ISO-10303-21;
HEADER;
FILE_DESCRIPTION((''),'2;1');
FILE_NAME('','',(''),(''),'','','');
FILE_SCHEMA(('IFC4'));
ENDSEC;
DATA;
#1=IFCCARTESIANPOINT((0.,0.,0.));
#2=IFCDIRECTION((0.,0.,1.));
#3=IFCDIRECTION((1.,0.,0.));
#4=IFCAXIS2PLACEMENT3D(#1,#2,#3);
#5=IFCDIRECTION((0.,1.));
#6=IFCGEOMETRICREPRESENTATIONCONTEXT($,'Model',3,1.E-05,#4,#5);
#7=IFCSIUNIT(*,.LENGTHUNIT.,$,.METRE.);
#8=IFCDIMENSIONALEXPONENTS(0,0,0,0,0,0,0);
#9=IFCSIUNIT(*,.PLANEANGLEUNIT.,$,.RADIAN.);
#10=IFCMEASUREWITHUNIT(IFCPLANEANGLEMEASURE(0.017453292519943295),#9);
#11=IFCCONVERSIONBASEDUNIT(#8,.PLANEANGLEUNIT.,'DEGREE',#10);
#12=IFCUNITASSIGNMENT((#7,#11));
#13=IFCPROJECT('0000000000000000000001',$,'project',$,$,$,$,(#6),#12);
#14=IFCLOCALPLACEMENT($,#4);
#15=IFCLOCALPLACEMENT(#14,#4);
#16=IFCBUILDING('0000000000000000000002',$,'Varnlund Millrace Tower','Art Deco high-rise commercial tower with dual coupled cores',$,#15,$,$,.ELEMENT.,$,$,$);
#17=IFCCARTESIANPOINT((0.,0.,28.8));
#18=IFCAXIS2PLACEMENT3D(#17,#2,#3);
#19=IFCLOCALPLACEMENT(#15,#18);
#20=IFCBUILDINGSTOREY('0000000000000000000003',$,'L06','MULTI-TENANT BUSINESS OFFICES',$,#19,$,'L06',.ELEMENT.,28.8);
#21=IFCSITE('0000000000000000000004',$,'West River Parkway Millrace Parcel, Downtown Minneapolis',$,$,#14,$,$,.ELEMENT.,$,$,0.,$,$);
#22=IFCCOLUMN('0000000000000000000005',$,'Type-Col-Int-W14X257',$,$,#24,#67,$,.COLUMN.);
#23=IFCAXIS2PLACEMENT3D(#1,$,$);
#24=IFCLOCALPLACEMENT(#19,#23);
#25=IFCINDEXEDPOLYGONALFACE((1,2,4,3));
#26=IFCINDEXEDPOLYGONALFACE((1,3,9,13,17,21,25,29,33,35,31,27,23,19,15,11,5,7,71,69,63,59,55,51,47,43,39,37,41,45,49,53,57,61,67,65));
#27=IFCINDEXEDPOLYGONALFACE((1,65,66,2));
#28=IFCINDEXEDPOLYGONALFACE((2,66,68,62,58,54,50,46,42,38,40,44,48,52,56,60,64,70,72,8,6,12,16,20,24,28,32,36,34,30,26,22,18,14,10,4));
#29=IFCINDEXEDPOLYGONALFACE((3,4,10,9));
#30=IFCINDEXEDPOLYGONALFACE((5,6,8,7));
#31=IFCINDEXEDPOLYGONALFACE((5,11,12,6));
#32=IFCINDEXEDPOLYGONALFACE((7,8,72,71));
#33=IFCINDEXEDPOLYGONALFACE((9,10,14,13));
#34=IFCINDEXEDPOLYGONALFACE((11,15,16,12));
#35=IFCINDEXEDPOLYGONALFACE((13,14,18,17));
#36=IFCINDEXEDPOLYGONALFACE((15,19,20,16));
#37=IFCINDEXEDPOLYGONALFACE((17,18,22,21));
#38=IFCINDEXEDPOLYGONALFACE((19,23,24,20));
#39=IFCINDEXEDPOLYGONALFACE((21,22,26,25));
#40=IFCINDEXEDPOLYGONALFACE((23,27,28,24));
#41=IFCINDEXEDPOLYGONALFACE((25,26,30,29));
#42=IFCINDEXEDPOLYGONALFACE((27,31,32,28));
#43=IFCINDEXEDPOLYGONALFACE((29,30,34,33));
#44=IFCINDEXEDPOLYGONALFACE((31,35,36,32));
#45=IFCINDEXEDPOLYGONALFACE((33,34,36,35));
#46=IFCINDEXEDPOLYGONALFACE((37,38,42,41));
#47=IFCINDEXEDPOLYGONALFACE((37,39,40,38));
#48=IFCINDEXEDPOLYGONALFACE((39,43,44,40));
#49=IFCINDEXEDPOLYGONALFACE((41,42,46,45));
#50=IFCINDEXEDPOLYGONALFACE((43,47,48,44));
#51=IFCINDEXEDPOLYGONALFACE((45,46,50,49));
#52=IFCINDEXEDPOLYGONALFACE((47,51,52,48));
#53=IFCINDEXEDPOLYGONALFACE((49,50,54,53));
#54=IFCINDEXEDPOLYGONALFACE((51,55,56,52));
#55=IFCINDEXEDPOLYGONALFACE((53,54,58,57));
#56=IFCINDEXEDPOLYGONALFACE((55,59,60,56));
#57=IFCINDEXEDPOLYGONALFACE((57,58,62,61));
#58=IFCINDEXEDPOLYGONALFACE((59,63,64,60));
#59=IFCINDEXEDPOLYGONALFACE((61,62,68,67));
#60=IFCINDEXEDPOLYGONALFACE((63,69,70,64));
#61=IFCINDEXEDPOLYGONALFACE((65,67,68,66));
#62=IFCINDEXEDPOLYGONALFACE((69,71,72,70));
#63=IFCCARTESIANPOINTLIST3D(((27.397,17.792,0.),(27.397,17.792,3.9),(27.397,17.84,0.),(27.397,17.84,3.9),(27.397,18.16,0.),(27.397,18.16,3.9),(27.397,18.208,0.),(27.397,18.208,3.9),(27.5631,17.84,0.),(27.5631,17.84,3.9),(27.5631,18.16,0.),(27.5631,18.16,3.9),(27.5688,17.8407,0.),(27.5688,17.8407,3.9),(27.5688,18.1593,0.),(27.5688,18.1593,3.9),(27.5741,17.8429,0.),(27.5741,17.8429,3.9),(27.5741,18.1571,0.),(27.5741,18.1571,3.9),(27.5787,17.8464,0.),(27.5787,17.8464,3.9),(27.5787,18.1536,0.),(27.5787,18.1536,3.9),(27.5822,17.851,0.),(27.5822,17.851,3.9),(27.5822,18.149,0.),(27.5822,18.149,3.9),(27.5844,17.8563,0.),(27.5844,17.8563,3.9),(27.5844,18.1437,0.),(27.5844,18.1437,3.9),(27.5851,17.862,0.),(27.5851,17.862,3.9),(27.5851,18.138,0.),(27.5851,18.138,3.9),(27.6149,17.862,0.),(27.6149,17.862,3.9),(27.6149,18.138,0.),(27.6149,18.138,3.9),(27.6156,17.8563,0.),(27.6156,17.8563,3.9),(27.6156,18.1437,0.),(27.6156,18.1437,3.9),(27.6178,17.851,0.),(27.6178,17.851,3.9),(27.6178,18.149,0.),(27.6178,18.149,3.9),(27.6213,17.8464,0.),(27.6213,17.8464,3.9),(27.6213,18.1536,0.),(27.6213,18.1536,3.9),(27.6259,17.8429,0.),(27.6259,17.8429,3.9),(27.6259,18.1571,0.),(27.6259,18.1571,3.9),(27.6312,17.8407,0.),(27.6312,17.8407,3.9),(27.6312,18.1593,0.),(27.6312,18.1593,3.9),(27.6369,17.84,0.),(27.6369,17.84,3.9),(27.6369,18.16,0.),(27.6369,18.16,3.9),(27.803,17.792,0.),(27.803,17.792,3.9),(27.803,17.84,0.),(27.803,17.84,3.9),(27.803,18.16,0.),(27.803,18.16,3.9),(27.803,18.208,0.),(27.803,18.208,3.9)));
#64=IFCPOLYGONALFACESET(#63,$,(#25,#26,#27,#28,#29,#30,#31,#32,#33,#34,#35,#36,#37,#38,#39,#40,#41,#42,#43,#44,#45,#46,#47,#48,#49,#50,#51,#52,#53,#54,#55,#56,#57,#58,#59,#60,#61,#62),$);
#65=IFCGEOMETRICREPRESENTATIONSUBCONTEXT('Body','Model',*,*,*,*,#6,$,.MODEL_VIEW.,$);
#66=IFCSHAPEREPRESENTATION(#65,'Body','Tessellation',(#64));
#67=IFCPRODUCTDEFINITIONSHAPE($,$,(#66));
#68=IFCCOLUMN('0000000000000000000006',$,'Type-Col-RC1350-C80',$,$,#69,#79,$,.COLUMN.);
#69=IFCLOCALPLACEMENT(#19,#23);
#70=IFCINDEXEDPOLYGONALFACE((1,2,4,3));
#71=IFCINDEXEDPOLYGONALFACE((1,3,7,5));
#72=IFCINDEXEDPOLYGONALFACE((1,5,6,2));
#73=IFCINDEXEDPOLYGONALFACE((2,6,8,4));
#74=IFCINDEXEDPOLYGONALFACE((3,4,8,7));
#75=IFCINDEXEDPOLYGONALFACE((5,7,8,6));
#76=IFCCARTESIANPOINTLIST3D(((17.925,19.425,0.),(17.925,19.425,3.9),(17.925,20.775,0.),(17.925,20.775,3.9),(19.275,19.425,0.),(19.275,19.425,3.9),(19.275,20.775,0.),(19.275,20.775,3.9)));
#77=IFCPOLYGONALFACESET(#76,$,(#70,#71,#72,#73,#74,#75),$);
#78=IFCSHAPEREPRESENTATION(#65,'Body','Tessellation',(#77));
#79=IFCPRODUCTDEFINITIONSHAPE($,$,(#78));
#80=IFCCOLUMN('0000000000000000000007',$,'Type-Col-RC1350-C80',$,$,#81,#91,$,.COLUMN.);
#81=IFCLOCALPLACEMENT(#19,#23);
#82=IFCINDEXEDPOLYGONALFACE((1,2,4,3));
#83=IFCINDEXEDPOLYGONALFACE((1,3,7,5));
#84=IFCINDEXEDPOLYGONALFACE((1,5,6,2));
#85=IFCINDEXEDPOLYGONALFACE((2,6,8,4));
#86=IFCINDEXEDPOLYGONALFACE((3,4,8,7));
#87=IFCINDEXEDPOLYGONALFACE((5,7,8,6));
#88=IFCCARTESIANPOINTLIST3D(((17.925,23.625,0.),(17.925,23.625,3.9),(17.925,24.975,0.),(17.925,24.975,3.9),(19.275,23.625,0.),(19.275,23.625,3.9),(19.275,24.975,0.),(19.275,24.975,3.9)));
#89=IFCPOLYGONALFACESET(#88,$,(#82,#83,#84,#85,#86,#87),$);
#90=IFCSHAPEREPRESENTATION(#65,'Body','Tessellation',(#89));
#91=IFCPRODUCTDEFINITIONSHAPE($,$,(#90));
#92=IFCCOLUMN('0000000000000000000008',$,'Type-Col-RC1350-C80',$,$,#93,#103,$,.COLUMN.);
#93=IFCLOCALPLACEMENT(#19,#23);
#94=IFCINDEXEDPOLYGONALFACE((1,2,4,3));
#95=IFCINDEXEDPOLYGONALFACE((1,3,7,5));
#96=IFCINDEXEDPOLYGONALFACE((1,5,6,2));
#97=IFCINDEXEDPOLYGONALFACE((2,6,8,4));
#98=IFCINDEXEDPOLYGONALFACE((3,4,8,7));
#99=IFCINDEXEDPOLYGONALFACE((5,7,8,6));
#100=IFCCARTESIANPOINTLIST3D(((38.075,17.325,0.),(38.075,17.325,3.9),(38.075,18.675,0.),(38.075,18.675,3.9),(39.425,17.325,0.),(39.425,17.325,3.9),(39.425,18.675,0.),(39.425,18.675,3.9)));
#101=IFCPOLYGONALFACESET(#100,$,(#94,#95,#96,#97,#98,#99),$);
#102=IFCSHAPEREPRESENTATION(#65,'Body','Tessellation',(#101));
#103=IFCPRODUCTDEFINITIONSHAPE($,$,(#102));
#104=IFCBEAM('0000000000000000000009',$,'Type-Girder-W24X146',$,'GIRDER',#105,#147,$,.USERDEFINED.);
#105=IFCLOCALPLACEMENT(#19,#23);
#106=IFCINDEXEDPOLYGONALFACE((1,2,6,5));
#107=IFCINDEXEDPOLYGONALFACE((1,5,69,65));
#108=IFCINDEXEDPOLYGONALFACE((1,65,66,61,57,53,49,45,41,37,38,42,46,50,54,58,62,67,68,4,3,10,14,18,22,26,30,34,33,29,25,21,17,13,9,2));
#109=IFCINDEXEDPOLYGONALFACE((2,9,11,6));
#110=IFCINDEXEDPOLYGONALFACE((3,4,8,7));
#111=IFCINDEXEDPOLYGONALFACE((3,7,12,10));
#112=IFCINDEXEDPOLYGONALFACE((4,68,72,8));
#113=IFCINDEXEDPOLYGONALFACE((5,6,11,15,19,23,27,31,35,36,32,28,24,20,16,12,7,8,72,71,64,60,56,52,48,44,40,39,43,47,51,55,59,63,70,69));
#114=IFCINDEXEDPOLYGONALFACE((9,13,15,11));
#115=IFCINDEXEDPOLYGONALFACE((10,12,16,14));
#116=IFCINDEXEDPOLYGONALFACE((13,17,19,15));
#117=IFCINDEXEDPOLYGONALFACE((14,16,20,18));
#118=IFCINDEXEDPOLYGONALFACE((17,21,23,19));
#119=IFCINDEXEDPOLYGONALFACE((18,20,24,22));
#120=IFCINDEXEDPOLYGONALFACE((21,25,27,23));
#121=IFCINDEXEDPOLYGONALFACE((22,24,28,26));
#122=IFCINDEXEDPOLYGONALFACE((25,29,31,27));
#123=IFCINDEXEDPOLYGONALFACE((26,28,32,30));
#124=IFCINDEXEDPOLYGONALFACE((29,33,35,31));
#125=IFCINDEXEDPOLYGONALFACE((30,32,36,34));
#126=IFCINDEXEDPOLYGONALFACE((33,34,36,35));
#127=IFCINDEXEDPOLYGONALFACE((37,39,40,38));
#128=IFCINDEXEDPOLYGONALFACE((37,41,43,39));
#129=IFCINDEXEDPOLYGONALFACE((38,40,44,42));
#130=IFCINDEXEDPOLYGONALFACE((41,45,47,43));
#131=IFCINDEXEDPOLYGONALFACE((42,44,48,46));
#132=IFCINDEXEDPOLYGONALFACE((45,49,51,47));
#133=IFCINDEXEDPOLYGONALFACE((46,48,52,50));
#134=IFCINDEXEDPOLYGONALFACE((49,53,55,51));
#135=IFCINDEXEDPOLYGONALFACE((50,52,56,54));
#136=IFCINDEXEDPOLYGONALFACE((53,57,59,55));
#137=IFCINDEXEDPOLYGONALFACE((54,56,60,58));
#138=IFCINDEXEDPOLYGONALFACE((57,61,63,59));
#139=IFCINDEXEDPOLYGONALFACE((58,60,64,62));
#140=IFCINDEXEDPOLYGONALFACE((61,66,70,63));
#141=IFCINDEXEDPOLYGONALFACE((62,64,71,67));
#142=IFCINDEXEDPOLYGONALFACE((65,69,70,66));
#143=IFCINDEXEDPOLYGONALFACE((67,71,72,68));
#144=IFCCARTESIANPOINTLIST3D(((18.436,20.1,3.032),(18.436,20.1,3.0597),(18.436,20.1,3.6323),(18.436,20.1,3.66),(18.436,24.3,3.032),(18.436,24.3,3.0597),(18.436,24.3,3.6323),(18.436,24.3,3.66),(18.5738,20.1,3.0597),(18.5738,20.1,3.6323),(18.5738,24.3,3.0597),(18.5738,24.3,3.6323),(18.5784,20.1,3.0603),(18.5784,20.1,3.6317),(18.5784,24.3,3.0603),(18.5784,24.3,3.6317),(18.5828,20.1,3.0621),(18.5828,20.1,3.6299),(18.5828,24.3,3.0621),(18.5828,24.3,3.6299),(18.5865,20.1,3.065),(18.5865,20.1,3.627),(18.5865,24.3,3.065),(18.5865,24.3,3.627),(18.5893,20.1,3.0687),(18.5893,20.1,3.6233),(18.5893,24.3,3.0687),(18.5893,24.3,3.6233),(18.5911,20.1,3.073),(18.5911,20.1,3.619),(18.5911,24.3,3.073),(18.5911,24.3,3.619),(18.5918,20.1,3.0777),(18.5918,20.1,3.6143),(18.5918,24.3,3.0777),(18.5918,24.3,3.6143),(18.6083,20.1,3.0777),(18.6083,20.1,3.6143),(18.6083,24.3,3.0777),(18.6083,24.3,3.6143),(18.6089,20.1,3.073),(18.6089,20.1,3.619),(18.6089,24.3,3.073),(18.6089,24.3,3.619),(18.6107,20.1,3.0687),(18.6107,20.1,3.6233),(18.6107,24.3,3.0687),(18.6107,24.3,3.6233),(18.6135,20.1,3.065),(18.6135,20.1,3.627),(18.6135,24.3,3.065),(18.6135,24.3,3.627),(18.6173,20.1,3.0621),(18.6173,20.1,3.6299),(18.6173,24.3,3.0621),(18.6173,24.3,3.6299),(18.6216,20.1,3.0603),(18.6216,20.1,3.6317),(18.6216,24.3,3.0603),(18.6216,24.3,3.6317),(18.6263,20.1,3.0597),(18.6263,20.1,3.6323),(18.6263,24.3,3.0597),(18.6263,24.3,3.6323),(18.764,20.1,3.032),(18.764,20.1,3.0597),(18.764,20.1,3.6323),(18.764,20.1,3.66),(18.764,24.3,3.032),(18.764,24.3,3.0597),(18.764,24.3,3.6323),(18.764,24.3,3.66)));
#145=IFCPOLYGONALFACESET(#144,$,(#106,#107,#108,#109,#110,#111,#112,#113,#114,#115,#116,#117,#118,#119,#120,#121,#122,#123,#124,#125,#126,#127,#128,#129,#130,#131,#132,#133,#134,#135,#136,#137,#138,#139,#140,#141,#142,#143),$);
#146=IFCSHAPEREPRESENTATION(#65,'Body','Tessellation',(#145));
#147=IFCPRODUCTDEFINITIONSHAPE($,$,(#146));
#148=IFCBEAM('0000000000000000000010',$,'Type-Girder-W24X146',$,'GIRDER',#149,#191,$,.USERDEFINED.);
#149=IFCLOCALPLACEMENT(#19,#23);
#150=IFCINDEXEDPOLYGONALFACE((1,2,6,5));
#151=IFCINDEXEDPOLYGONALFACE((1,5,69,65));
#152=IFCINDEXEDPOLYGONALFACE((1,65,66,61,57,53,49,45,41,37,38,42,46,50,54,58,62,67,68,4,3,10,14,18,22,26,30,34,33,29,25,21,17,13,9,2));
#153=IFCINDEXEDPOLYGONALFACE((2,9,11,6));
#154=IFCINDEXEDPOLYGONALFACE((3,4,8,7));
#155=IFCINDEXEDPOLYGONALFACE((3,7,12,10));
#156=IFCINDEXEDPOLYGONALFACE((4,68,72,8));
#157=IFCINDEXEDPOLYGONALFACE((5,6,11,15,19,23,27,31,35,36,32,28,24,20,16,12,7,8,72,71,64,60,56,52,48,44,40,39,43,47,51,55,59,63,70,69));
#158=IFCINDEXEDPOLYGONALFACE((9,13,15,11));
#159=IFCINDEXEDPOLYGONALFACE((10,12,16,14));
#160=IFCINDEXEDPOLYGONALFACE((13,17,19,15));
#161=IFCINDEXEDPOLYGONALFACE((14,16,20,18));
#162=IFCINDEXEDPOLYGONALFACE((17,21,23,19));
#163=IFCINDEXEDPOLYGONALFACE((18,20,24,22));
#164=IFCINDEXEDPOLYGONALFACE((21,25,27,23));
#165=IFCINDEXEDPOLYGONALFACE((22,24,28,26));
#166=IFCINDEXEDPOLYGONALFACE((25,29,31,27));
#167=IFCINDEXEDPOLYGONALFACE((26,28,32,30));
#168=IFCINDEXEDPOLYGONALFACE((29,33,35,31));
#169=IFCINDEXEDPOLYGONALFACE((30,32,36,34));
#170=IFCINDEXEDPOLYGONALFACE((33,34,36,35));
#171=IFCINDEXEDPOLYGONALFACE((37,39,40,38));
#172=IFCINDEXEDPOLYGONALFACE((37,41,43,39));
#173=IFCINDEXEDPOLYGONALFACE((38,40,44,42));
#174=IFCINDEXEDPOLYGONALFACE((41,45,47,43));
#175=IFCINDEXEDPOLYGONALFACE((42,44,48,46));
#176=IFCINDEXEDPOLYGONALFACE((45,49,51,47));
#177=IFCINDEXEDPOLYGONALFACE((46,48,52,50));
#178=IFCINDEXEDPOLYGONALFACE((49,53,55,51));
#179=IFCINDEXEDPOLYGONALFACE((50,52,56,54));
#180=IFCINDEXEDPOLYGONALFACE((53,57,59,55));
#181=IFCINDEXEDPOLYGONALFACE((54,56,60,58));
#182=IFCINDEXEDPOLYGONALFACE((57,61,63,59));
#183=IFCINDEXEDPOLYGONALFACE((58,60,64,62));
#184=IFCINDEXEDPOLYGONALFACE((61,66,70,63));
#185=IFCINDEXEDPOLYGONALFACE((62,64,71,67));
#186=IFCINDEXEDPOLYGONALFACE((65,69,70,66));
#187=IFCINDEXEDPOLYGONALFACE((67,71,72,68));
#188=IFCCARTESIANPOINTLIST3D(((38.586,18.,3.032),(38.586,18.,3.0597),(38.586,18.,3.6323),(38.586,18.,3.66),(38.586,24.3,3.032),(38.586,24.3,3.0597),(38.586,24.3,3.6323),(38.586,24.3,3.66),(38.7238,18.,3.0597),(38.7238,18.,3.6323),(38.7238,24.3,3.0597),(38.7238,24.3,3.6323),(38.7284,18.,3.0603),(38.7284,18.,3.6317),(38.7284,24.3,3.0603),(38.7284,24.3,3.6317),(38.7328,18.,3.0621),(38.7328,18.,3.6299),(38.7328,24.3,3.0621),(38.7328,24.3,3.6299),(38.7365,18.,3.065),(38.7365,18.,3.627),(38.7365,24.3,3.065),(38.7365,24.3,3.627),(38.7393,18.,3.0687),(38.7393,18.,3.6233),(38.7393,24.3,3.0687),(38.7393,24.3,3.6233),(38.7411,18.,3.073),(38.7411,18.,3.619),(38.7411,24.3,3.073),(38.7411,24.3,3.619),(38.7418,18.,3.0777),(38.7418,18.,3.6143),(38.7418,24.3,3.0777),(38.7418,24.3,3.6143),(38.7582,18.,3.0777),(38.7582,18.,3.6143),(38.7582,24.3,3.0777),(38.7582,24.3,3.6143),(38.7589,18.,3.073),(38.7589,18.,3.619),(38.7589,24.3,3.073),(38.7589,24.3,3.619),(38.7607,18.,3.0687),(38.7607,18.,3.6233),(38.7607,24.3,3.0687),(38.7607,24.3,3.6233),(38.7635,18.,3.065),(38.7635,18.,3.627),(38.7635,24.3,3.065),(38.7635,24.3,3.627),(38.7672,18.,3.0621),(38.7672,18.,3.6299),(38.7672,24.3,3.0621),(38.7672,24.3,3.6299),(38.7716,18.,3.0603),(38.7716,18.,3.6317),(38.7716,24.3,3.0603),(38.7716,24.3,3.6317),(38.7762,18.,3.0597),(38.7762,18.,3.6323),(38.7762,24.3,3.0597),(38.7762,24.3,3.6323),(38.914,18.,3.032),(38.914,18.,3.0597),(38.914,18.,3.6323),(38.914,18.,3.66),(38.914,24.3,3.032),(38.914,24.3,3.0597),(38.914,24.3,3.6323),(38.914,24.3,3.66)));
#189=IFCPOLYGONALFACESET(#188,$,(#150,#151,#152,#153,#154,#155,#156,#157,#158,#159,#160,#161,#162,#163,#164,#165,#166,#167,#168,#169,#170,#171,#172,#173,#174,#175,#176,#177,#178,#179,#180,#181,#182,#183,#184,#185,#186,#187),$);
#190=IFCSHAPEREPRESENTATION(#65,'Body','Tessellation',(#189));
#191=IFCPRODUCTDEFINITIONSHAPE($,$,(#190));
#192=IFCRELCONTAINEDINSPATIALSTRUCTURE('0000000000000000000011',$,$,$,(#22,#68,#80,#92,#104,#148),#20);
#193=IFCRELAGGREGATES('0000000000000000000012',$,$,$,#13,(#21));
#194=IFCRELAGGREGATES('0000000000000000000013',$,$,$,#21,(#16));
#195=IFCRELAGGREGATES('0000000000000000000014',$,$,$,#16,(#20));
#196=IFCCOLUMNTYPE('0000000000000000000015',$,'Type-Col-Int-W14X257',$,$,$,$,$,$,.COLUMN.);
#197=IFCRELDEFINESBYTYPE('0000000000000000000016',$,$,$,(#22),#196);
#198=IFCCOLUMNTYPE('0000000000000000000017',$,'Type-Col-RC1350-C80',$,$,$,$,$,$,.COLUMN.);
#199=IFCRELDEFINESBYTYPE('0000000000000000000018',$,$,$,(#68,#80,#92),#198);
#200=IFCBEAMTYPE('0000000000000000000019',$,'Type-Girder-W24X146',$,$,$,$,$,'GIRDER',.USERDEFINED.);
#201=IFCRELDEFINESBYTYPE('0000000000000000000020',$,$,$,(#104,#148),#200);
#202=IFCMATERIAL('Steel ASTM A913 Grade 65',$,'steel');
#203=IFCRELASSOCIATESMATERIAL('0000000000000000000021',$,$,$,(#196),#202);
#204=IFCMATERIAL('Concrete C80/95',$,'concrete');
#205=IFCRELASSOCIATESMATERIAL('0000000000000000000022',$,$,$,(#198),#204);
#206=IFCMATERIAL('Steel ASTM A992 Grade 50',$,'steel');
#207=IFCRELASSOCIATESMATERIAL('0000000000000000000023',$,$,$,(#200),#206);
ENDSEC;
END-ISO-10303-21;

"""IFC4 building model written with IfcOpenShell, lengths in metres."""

from ifc_helpers import new_model, entity, si_unit, converted_unit, direction, frame, origin_with_axes, origin_2d_with_axis, place, context, subcontext, project, spatial, rectangle, i_section, extrude, material, material_profile, profile_set, type_object, element, save


model = new_model("IFC4")

# Units and contexts
model_context = context("Model", 3, precision=1e-05, world=origin_with_axes(), true_north=direction((0.0, 1.0)))
body_context = subcontext(model_context, "Body", "Model", "MODEL_VIEW")
ifc_project = project(units=[si_unit("LENGTHUNIT", "METRE"), converted_unit("PLANEANGLEUNIT", "DEGREE", entity("IfcPlaneAngleMeasure", 0.017453292519943295), si_unit("PLANEANGLEUNIT", "RADIAN"), dimensions=[0, 0, 0, 0, 0, 0, 0])], contexts=[model_context])

# Site, building, storey
site_placement = place(None, origin_with_axes())
site = spatial("IfcSite", under=ifc_project, at=site_placement, Name="West River Parkway Millrace Parcel, Downtown Minneapolis", CompositionType="ELEMENT", RefElevation=0.0)
building_placement = place(site_placement, origin_with_axes())
building = spatial("IfcBuilding", under=site, at=building_placement, Name="Varnlund Millrace Tower", Description="Art Deco high-rise commercial tower with dual coupled cores", CompositionType="ELEMENT")
storey_placement = place(building_placement, frame((0.0, 0.0, 28.8), z_axis=(0.0, 0.0, 1.0), x_axis=(1.0, 0.0, 0.0)))
storey = spatial("IfcBuildingStorey", under=building, at=storey_placement, Name="L06", Description="MULTI-TENANT BUSINESS OFFICES", LongName="L06", CompositionType="ELEMENT", Elevation=28.8)

# Columns
ifc_material_1 = material(Name="Steel ASTM A913 Grade 65", Category="steel")
ifc_material_profile_1 = material_profile(ifc_material_1, i_section(OverallWidth=0.406, OverallDepth=0.416, WebThickness=0.0298, FlangeThickness=0.048, FilletRadius=0.022, at=origin_2d_with_axis()), Name="Steel ASTM A913 Grade 65")
ifc_profile_set_1 = profile_set([ifc_material_profile_1], Name="Steel ASTM A913 Grade 65")
column_type_1 = type_object("IfcColumnType", Name="Type-Col-Int-W14X257", PredefinedType="COLUMN", material=ifc_profile_set_1)
column_placement = place(storey_placement, frame((27.6, 18.0, 0.0), z_axis=(0.0, 0.0, 1.0), x_axis=(1.0, 0.0, 0.0)))
element("IfcColumn", 1, at=column_placement, inside=storey, type_object=column_type_1, Name="Type-Col-Int-W14X257", PredefinedType="COLUMN", context=body_context, shape_type="SweptSolid", body=[
    extrude(i_section(OverallWidth=0.406, OverallDepth=0.416, WebThickness=0.0298, FlangeThickness=0.048, FilletRadius=0.022, at=origin_2d_with_axis()), origin_with_axes(), (0.0, 0.0, 1.0), 3.9),
])
ifc_material_2 = material(Name="Concrete C80/95", Category="concrete")
ifc_material_profile_2 = material_profile(ifc_material_2, rectangle(XDim=1.35, YDim=1.35, at=origin_2d_with_axis()), Name="Concrete C80/95")
ifc_profile_set_2 = profile_set([ifc_material_profile_2], Name="Concrete C80/95")
column_type_2 = type_object("IfcColumnType", Name="Type-Col-RC1350-C80", PredefinedType="COLUMN", material=ifc_profile_set_2)
for number, where, z_axis, x_axis, name in (
    (2, (18.6, 20.1, 0.0), (0.0, 0.0, 1.0), (1.0, 0.0, 0.0), "Type-Col-RC1350-C80"),
    (3, (18.6, 24.3, 0.0), (0.0, 0.0, 1.0), (1.0, 0.0, 0.0), "Type-Col-RC1350-C80"),
    (4, (38.75, 18.0, 0.0), (0.0, 0.0, 1.0), (1.0, 0.0, 0.0), "Type-Col-RC1350-C80"),
):
    element("IfcColumn", number, at=place(storey_placement, frame(where, z_axis=z_axis, x_axis=x_axis)), inside=storey, type_object=column_type_2, Name=name, PredefinedType="COLUMN", context=body_context, shape_type="SweptSolid", body=[
        extrude(rectangle(XDim=1.35, YDim=1.35, at=origin_2d_with_axis()), origin_with_axes(), (0.0, 0.0, 1.0), 3.9),
    ])

# Beams
ifc_material_3 = material(Name="Steel ASTM A992 Grade 50", Category="steel")
ifc_material_profile_3 = material_profile(ifc_material_3, i_section(OverallWidth=0.328, OverallDepth=0.628, WebThickness=0.0165, FlangeThickness=0.0277, FilletRadius=0.018, at=origin_2d_with_axis()), Name="Steel ASTM A992 Grade 50")
ifc_profile_set_3 = profile_set([ifc_material_profile_3], Name="Steel ASTM A992 Grade 50")
beam_type_1 = type_object("IfcBeamType", Name="Type-Girder-W24X146", ElementType="GIRDER", PredefinedType="USERDEFINED", material=ifc_profile_set_3)
beam_1_placement = place(storey_placement, frame((18.6, 20.1, 3.346), z_axis=(0.0, 1.0, 0.0), x_axis=(-1.0, 0.0, 0.0)))
element("IfcBeam", 5, at=beam_1_placement, inside=storey, type_object=beam_type_1, Name="Type-Girder-W24X146", ObjectType="GIRDER", PredefinedType="USERDEFINED", context=body_context, shape_type="SweptSolid", body=[
    extrude(i_section(OverallWidth=0.328, OverallDepth=0.628, WebThickness=0.0165, FlangeThickness=0.0277, FilletRadius=0.018, at=origin_2d_with_axis()), origin_with_axes(), (0.0, 0.0, 1.0), 4.2),
])
beam_2_placement = place(storey_placement, frame((38.75, 18.0, 3.346), z_axis=(0.0, 1.0, 0.0), x_axis=(-1.0, 0.0, 0.0)))
element("IfcBeam", 6, at=beam_2_placement, inside=storey, type_object=beam_type_1, Name="Type-Girder-W24X146", ObjectType="GIRDER", PredefinedType="USERDEFINED", context=body_context, shape_type="SweptSolid", body=[
    extrude(i_section(OverallWidth=0.328, OverallDepth=0.628, WebThickness=0.0165, FlangeThickness=0.0277, FilletRadius=0.018, at=origin_2d_with_axis()), origin_with_axes(), (0.0, 0.0, 1.0), 6.3),
])

save(model, "model.ifc")
